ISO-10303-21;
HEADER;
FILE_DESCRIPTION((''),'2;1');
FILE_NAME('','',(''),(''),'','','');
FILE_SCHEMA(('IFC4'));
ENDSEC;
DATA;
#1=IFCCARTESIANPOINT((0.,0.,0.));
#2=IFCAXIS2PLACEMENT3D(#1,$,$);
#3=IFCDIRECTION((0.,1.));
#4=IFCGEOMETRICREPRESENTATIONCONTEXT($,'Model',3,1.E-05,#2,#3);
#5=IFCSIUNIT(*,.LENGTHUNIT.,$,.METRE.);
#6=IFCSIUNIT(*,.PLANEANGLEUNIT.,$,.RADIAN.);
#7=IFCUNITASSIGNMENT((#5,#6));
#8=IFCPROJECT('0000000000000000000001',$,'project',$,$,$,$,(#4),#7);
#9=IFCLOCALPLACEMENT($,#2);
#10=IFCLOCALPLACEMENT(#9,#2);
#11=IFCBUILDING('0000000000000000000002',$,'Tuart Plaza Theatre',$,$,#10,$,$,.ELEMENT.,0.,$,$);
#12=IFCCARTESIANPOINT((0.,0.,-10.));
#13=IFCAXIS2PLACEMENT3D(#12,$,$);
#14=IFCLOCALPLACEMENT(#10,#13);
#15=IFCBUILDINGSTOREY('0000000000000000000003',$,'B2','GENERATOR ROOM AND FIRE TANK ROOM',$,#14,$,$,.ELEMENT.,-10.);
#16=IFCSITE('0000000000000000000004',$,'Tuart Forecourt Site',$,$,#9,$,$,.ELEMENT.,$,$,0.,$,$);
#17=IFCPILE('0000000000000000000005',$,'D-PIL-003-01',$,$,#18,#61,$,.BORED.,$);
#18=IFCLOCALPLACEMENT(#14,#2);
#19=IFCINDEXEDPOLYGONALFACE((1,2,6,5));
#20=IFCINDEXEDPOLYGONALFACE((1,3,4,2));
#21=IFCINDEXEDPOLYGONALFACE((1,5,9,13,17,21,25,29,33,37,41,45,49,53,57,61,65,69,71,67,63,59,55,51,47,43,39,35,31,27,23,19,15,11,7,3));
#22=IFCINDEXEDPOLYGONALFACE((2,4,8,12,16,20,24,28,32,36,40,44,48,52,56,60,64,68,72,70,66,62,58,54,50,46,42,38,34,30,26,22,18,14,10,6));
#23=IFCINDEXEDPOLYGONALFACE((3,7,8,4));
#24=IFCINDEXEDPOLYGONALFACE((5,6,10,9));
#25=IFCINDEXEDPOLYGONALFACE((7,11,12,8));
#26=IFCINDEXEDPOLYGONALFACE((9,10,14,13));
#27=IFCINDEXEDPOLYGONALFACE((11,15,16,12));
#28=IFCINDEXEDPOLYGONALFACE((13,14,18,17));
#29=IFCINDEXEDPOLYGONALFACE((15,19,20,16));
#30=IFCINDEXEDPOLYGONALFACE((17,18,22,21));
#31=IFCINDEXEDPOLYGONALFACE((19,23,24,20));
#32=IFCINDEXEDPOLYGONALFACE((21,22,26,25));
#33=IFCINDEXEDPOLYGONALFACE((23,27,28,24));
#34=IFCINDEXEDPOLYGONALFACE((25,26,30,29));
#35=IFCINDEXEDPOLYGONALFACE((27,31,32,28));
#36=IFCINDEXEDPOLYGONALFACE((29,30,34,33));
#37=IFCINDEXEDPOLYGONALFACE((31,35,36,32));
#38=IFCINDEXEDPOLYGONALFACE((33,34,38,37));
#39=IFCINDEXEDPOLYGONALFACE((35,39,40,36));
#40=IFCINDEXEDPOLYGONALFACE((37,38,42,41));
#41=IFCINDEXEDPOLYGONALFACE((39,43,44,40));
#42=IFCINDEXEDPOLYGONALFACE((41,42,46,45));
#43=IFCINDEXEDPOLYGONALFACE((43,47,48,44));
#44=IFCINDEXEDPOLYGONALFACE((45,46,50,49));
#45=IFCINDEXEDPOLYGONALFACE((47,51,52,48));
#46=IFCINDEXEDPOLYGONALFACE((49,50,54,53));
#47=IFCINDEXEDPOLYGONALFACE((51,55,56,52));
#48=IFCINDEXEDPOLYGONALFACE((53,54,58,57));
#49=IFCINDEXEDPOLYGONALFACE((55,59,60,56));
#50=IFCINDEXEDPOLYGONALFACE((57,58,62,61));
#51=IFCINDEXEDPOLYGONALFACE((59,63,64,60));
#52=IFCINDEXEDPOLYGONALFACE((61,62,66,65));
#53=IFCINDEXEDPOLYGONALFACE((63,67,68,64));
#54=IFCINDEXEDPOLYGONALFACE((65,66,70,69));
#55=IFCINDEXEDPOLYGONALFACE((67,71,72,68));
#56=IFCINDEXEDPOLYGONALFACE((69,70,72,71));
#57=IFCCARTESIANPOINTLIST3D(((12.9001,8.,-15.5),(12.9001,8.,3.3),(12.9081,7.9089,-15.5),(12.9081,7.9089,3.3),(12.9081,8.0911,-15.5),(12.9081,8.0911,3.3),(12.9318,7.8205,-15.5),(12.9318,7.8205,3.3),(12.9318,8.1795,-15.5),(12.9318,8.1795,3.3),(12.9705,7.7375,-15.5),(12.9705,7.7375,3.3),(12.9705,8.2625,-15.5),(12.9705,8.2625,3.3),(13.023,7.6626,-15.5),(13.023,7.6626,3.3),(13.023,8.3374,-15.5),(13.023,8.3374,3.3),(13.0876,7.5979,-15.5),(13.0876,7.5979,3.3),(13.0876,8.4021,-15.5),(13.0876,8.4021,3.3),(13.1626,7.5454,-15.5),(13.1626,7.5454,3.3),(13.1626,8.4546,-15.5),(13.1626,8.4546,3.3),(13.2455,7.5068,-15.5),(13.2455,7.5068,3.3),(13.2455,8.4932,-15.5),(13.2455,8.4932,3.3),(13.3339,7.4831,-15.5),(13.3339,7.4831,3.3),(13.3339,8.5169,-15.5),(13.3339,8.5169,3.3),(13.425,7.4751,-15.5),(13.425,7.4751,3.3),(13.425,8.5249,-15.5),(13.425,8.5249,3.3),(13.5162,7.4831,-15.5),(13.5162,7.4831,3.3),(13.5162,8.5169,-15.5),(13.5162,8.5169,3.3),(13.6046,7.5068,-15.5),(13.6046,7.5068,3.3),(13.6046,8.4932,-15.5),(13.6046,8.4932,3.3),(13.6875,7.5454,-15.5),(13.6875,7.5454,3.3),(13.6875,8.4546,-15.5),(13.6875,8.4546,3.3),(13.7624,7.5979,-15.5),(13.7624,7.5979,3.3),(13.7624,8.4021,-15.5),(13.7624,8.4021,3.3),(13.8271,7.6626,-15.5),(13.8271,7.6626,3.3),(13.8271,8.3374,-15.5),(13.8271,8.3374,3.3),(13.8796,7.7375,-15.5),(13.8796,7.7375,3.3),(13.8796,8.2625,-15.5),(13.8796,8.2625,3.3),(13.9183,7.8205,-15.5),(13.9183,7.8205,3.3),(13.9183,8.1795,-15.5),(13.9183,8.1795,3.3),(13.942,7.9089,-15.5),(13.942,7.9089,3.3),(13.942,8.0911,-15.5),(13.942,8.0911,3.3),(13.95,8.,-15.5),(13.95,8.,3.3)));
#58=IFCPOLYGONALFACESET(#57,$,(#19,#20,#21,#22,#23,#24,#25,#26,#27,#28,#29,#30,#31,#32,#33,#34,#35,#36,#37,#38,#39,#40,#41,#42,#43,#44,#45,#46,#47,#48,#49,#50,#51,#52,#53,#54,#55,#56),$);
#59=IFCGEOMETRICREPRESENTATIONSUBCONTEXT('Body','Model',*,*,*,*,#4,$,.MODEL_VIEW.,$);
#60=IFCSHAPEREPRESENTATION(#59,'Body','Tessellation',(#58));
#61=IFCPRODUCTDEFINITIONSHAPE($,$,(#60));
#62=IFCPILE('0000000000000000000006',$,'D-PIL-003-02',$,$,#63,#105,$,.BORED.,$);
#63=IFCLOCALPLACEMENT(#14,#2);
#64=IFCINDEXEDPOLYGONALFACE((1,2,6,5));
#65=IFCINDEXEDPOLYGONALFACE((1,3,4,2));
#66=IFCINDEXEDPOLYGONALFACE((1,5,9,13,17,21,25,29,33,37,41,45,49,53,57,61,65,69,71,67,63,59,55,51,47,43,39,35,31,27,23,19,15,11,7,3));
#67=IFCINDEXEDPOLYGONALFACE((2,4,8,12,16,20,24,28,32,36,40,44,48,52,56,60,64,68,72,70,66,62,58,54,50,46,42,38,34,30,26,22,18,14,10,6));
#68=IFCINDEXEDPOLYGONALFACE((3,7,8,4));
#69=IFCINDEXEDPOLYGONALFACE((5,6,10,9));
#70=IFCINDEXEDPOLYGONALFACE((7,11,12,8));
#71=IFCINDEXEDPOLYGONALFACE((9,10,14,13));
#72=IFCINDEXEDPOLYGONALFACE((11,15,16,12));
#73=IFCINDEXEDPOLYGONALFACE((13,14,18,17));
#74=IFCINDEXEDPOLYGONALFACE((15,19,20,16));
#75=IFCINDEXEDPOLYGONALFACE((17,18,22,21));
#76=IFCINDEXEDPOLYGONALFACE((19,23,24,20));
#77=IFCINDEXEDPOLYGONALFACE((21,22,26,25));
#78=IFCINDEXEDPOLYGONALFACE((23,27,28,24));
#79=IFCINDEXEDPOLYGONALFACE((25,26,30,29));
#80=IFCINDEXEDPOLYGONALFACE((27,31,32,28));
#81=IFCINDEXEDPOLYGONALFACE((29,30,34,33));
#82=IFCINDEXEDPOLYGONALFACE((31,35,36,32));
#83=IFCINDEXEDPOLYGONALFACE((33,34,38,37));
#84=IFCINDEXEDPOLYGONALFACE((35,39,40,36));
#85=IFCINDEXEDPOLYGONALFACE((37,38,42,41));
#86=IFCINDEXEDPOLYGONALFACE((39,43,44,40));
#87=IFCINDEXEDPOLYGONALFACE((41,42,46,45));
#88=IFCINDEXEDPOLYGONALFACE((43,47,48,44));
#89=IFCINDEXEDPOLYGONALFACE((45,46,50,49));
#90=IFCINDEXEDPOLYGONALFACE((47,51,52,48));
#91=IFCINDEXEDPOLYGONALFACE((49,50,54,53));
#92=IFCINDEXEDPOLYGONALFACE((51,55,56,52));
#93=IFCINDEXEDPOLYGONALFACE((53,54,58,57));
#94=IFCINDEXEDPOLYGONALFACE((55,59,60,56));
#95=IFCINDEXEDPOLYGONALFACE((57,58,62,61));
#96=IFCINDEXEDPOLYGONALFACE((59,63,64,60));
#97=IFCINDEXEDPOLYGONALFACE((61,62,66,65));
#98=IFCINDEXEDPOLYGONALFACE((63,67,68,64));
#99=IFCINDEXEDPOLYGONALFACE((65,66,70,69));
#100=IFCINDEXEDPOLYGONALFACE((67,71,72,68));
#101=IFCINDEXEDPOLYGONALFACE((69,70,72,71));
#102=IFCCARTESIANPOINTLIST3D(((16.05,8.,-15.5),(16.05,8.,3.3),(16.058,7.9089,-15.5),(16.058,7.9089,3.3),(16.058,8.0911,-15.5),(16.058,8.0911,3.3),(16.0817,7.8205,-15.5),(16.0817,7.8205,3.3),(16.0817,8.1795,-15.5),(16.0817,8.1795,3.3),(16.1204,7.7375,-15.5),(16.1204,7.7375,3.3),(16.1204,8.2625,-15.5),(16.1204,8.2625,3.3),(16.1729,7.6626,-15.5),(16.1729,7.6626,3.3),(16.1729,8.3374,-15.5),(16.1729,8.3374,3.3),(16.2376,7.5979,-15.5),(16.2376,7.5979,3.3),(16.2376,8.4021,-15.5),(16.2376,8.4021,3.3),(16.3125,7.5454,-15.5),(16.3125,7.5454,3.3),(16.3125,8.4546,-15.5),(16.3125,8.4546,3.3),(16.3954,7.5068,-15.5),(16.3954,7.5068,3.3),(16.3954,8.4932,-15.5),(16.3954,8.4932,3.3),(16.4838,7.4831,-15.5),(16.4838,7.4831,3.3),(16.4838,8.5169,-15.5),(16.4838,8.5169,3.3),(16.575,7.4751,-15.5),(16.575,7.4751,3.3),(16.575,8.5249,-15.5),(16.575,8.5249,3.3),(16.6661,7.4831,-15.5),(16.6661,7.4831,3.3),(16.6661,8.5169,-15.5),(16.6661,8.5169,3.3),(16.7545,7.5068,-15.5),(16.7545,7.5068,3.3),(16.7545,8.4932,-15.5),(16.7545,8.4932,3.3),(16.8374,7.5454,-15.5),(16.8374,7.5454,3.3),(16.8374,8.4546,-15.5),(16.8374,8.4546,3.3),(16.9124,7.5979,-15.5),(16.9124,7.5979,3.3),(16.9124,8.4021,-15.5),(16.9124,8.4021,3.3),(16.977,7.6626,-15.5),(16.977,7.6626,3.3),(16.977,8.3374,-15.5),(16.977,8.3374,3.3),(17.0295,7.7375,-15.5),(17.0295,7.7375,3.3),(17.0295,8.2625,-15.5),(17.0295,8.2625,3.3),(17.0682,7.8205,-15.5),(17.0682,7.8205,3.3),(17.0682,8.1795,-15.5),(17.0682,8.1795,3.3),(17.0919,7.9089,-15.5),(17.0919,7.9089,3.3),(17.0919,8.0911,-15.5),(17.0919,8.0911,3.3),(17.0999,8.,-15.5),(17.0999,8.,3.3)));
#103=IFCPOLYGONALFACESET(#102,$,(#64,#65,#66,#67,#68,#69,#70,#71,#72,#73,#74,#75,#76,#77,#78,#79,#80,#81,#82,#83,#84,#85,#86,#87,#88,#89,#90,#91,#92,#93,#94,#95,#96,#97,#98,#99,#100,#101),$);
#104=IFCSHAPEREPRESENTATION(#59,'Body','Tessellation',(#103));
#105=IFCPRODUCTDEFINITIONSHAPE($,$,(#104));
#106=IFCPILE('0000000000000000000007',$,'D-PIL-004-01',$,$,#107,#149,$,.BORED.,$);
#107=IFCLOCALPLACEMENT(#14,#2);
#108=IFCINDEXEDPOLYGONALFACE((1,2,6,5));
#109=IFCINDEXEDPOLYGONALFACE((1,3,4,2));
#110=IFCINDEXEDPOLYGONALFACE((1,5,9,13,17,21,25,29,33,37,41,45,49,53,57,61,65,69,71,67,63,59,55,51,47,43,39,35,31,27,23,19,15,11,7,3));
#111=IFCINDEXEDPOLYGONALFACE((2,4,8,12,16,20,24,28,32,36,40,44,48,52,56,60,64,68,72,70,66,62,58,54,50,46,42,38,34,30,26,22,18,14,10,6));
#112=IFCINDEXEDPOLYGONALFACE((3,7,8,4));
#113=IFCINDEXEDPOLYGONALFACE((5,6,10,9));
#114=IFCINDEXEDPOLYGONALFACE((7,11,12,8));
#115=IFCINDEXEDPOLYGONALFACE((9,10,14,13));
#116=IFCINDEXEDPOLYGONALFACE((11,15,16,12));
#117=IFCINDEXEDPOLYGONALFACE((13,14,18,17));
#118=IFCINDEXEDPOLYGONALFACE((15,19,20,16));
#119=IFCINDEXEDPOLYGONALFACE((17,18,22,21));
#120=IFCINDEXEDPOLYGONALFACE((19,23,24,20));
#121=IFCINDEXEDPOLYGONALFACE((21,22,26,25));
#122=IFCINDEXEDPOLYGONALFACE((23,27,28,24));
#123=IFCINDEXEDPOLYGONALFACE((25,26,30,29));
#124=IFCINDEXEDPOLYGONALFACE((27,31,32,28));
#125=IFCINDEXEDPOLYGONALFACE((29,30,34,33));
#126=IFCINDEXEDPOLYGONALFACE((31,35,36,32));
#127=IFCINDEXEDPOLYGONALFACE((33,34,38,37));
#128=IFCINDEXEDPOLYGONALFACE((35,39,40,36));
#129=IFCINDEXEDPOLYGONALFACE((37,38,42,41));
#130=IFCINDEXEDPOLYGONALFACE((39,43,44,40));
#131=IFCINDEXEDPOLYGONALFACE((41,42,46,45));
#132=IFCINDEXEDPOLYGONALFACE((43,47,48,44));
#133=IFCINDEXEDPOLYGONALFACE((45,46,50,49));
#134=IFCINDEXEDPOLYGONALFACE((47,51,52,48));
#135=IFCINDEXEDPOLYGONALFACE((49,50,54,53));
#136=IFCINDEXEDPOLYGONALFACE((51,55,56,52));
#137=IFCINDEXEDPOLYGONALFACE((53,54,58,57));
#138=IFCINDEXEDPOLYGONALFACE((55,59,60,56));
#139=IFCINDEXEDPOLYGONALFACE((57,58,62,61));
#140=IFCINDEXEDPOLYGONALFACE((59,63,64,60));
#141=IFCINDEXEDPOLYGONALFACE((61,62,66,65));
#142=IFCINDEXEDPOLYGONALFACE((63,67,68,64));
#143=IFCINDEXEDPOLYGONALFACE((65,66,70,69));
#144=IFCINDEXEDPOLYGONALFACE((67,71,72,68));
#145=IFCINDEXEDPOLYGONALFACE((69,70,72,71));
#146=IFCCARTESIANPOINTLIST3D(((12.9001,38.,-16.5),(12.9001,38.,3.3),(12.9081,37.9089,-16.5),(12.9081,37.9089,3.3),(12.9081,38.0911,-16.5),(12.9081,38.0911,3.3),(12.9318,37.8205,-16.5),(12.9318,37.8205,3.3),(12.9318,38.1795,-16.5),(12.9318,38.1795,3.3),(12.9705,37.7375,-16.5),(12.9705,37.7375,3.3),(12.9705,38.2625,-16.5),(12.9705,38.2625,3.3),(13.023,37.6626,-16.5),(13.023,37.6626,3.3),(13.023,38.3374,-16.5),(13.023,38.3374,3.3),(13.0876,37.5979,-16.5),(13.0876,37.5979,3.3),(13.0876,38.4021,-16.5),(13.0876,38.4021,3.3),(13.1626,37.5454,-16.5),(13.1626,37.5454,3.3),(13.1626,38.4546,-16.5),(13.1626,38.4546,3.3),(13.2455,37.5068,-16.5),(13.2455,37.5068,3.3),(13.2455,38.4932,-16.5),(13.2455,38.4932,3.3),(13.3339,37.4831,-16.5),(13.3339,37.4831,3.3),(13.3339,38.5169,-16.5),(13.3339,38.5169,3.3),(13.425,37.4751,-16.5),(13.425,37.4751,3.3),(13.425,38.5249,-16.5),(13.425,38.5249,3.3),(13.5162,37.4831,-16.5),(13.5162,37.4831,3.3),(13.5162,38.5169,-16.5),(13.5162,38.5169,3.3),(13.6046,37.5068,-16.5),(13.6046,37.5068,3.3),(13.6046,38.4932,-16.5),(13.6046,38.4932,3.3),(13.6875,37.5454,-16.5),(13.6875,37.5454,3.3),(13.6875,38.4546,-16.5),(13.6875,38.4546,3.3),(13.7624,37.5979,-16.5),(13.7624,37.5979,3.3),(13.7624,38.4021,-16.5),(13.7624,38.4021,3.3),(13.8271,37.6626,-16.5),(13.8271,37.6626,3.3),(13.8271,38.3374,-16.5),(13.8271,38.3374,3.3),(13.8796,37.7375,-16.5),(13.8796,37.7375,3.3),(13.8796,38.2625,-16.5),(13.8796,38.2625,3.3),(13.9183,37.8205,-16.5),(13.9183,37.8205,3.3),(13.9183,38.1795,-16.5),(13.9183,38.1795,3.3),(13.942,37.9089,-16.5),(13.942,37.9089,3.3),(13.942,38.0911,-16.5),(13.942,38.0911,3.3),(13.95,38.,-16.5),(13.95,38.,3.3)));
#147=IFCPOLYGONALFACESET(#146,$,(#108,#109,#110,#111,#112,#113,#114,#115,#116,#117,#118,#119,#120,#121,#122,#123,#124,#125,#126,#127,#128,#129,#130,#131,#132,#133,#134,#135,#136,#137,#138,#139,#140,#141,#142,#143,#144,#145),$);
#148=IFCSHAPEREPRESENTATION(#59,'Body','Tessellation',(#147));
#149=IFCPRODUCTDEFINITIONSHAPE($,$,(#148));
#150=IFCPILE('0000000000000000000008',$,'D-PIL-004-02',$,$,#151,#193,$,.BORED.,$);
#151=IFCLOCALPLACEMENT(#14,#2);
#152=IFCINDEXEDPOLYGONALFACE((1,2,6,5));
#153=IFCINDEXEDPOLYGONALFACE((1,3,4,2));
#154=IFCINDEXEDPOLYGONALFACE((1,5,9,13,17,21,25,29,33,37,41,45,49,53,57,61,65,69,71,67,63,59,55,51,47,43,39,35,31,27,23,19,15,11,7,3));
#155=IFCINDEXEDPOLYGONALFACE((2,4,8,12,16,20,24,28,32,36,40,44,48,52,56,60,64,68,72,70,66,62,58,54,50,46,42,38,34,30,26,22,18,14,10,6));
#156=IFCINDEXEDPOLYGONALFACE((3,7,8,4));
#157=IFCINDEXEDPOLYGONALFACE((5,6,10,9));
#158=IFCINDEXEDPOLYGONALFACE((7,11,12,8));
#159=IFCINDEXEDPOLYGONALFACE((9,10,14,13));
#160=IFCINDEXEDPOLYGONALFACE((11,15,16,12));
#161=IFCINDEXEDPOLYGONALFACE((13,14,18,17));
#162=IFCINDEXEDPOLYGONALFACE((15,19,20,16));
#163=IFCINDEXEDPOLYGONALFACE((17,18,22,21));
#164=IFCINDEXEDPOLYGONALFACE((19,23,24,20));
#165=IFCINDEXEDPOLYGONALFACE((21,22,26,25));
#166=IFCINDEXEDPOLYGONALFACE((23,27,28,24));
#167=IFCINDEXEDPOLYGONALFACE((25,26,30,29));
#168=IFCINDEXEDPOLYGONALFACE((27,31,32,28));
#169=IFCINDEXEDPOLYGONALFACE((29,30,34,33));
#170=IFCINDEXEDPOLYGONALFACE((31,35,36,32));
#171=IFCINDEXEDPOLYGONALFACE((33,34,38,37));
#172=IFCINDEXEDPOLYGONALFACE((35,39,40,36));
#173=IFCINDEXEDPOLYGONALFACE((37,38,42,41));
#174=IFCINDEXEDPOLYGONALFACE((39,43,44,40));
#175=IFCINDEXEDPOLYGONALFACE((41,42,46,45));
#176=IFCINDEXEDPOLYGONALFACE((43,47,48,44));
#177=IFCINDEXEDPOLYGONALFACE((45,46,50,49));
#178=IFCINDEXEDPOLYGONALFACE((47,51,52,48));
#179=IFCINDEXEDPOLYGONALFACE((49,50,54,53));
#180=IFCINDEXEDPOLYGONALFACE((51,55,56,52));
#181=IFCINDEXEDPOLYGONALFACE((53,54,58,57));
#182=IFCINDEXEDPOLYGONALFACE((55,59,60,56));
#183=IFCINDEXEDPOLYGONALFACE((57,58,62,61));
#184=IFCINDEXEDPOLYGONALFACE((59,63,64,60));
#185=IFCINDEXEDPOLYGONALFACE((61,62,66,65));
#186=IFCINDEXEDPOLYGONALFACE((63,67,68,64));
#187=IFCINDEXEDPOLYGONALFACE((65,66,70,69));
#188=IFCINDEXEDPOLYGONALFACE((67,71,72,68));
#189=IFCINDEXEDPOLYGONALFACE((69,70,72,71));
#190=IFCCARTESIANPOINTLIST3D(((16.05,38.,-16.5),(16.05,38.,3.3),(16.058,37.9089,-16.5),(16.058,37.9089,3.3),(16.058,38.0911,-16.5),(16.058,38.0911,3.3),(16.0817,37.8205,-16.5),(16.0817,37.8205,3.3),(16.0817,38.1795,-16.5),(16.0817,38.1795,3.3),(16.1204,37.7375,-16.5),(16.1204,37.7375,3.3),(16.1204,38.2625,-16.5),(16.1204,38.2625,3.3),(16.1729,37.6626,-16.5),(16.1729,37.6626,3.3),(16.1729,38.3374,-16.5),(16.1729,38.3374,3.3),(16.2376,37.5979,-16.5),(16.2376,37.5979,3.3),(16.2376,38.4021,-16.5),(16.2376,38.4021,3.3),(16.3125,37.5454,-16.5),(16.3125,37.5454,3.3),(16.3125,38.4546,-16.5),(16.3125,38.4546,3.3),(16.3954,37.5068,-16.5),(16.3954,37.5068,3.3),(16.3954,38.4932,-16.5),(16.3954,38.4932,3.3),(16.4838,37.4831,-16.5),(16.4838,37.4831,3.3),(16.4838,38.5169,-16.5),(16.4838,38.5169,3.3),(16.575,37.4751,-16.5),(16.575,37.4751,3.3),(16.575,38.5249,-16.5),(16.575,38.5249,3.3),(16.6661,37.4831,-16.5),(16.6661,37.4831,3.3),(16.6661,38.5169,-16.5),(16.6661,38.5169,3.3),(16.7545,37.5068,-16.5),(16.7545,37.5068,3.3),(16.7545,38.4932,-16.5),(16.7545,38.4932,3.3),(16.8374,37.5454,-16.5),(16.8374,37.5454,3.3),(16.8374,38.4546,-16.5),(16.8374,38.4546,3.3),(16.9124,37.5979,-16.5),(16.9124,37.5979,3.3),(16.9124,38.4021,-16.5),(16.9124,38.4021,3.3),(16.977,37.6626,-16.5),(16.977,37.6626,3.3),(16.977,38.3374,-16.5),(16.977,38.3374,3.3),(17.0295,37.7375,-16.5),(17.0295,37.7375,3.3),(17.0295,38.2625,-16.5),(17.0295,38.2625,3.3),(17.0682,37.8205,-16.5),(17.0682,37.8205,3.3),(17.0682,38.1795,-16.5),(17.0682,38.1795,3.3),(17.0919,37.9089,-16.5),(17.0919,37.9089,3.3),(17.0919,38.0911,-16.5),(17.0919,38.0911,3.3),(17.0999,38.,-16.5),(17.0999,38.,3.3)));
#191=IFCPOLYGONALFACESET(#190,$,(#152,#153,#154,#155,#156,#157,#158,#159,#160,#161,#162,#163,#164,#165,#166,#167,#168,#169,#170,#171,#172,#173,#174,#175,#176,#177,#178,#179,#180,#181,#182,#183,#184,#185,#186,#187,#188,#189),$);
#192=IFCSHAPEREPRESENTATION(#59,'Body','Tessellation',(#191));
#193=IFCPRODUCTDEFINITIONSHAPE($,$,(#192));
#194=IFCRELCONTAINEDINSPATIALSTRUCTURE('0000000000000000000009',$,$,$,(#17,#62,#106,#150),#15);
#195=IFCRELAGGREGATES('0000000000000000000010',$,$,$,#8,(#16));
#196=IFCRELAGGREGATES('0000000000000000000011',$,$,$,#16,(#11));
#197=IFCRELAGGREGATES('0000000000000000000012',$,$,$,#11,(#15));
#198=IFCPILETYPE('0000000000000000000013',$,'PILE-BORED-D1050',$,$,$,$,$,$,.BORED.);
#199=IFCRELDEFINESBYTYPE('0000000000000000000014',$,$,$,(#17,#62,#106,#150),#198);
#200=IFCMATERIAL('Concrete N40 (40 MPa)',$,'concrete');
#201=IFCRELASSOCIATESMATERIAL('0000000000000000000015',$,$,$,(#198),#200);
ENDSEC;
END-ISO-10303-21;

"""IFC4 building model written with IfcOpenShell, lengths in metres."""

from ifc_helpers import new_model, si_unit, direction, frame, origin, origin_2d, place, context, subcontext, project, spatial, circle, extrude, material, material_profile, profile_set, type_object, element, save


model = new_model("IFC4")

# Units and contexts
model_context = context("Model", 3, precision=1e-05, world=origin(), true_north=direction((0.0, 1.0)))
body_context = subcontext(model_context, "Body", "Model", "MODEL_VIEW")
ifc_project = project(units=[si_unit("LENGTHUNIT", "METRE"), si_unit("PLANEANGLEUNIT", "RADIAN")], contexts=[model_context])

# Site, building, storey
site_placement = place(None, origin())
site = spatial("IfcSite", under=ifc_project, at=site_placement, Name="Tuart Forecourt Site", CompositionType="ELEMENT", RefElevation=0.0)
building_placement = place(site_placement, origin())
building = spatial("IfcBuilding", under=site, at=building_placement, Name="Tuart Plaza Theatre", CompositionType="ELEMENT", ElevationOfRefHeight=0.0)
storey_placement = place(building_placement, frame((0.0, 0.0, -10.0)))
storey = spatial("IfcBuildingStorey", under=building, at=storey_placement, Name="B2", Description="GENERATOR ROOM AND FIRE TANK ROOM", CompositionType="ELEMENT", Elevation=-10.0)

# Piles
ifc_material_1 = material(Name="Concrete N40 (40 MPa)", Category="concrete")
ifc_material_profile_1 = material_profile(ifc_material_1, circle(Radius=0.5249, at=origin_2d()), Name="PILE-BORED-D1050")
ifc_profile_set_1 = profile_set([ifc_material_profile_1], Name="Concrete N40 (40 MPa)")
pile_type_1 = type_object("IfcPileType", Name="PILE-BORED-D1050", PredefinedType="BORED", material=ifc_profile_set_1)
for number, where, z_axis, x_axis, name in (
    (1, (13.425, 8.0, 3.3), (0.0, 0.0, -1.0), (1.0, 0.0, 0.0), "D-PIL-003-01"),
    (2, (16.575, 8.0, 3.3), (0.0, 0.0, -1.0), (1.0, 0.0, 0.0), "D-PIL-003-02"),
):
    element("IfcPile", number, at=place(storey_placement, frame(where, z_axis=z_axis, x_axis=x_axis)), inside=storey, type_object=pile_type_1, Name=name, PredefinedType="BORED", context=body_context, shape_type="SweptSolid", body=[
        extrude(circle(Radius=0.5249, at=origin_2d()), origin(), (0.0, 0.0, 1.0), 18.8),
    ])
for number, where, z_axis, x_axis, name in (
    (3, (13.425, 38.0, 3.3), (0.0, 0.0, -1.0), (1.0, 0.0, 0.0), "D-PIL-004-01"),
    (4, (16.575, 38.0, 3.3), (0.0, 0.0, -1.0), (1.0, 0.0, 0.0), "D-PIL-004-02"),
):
    element("IfcPile", number, at=place(storey_placement, frame(where, z_axis=z_axis, x_axis=x_axis)), inside=storey, type_object=pile_type_1, Name=name, PredefinedType="BORED", context=body_context, shape_type="SweptSolid", body=[
        extrude(circle(Radius=0.5249, at=origin_2d()), origin(), (0.0, 0.0, 1.0), 19.8),
    ])

save(model, "model.ifc")
